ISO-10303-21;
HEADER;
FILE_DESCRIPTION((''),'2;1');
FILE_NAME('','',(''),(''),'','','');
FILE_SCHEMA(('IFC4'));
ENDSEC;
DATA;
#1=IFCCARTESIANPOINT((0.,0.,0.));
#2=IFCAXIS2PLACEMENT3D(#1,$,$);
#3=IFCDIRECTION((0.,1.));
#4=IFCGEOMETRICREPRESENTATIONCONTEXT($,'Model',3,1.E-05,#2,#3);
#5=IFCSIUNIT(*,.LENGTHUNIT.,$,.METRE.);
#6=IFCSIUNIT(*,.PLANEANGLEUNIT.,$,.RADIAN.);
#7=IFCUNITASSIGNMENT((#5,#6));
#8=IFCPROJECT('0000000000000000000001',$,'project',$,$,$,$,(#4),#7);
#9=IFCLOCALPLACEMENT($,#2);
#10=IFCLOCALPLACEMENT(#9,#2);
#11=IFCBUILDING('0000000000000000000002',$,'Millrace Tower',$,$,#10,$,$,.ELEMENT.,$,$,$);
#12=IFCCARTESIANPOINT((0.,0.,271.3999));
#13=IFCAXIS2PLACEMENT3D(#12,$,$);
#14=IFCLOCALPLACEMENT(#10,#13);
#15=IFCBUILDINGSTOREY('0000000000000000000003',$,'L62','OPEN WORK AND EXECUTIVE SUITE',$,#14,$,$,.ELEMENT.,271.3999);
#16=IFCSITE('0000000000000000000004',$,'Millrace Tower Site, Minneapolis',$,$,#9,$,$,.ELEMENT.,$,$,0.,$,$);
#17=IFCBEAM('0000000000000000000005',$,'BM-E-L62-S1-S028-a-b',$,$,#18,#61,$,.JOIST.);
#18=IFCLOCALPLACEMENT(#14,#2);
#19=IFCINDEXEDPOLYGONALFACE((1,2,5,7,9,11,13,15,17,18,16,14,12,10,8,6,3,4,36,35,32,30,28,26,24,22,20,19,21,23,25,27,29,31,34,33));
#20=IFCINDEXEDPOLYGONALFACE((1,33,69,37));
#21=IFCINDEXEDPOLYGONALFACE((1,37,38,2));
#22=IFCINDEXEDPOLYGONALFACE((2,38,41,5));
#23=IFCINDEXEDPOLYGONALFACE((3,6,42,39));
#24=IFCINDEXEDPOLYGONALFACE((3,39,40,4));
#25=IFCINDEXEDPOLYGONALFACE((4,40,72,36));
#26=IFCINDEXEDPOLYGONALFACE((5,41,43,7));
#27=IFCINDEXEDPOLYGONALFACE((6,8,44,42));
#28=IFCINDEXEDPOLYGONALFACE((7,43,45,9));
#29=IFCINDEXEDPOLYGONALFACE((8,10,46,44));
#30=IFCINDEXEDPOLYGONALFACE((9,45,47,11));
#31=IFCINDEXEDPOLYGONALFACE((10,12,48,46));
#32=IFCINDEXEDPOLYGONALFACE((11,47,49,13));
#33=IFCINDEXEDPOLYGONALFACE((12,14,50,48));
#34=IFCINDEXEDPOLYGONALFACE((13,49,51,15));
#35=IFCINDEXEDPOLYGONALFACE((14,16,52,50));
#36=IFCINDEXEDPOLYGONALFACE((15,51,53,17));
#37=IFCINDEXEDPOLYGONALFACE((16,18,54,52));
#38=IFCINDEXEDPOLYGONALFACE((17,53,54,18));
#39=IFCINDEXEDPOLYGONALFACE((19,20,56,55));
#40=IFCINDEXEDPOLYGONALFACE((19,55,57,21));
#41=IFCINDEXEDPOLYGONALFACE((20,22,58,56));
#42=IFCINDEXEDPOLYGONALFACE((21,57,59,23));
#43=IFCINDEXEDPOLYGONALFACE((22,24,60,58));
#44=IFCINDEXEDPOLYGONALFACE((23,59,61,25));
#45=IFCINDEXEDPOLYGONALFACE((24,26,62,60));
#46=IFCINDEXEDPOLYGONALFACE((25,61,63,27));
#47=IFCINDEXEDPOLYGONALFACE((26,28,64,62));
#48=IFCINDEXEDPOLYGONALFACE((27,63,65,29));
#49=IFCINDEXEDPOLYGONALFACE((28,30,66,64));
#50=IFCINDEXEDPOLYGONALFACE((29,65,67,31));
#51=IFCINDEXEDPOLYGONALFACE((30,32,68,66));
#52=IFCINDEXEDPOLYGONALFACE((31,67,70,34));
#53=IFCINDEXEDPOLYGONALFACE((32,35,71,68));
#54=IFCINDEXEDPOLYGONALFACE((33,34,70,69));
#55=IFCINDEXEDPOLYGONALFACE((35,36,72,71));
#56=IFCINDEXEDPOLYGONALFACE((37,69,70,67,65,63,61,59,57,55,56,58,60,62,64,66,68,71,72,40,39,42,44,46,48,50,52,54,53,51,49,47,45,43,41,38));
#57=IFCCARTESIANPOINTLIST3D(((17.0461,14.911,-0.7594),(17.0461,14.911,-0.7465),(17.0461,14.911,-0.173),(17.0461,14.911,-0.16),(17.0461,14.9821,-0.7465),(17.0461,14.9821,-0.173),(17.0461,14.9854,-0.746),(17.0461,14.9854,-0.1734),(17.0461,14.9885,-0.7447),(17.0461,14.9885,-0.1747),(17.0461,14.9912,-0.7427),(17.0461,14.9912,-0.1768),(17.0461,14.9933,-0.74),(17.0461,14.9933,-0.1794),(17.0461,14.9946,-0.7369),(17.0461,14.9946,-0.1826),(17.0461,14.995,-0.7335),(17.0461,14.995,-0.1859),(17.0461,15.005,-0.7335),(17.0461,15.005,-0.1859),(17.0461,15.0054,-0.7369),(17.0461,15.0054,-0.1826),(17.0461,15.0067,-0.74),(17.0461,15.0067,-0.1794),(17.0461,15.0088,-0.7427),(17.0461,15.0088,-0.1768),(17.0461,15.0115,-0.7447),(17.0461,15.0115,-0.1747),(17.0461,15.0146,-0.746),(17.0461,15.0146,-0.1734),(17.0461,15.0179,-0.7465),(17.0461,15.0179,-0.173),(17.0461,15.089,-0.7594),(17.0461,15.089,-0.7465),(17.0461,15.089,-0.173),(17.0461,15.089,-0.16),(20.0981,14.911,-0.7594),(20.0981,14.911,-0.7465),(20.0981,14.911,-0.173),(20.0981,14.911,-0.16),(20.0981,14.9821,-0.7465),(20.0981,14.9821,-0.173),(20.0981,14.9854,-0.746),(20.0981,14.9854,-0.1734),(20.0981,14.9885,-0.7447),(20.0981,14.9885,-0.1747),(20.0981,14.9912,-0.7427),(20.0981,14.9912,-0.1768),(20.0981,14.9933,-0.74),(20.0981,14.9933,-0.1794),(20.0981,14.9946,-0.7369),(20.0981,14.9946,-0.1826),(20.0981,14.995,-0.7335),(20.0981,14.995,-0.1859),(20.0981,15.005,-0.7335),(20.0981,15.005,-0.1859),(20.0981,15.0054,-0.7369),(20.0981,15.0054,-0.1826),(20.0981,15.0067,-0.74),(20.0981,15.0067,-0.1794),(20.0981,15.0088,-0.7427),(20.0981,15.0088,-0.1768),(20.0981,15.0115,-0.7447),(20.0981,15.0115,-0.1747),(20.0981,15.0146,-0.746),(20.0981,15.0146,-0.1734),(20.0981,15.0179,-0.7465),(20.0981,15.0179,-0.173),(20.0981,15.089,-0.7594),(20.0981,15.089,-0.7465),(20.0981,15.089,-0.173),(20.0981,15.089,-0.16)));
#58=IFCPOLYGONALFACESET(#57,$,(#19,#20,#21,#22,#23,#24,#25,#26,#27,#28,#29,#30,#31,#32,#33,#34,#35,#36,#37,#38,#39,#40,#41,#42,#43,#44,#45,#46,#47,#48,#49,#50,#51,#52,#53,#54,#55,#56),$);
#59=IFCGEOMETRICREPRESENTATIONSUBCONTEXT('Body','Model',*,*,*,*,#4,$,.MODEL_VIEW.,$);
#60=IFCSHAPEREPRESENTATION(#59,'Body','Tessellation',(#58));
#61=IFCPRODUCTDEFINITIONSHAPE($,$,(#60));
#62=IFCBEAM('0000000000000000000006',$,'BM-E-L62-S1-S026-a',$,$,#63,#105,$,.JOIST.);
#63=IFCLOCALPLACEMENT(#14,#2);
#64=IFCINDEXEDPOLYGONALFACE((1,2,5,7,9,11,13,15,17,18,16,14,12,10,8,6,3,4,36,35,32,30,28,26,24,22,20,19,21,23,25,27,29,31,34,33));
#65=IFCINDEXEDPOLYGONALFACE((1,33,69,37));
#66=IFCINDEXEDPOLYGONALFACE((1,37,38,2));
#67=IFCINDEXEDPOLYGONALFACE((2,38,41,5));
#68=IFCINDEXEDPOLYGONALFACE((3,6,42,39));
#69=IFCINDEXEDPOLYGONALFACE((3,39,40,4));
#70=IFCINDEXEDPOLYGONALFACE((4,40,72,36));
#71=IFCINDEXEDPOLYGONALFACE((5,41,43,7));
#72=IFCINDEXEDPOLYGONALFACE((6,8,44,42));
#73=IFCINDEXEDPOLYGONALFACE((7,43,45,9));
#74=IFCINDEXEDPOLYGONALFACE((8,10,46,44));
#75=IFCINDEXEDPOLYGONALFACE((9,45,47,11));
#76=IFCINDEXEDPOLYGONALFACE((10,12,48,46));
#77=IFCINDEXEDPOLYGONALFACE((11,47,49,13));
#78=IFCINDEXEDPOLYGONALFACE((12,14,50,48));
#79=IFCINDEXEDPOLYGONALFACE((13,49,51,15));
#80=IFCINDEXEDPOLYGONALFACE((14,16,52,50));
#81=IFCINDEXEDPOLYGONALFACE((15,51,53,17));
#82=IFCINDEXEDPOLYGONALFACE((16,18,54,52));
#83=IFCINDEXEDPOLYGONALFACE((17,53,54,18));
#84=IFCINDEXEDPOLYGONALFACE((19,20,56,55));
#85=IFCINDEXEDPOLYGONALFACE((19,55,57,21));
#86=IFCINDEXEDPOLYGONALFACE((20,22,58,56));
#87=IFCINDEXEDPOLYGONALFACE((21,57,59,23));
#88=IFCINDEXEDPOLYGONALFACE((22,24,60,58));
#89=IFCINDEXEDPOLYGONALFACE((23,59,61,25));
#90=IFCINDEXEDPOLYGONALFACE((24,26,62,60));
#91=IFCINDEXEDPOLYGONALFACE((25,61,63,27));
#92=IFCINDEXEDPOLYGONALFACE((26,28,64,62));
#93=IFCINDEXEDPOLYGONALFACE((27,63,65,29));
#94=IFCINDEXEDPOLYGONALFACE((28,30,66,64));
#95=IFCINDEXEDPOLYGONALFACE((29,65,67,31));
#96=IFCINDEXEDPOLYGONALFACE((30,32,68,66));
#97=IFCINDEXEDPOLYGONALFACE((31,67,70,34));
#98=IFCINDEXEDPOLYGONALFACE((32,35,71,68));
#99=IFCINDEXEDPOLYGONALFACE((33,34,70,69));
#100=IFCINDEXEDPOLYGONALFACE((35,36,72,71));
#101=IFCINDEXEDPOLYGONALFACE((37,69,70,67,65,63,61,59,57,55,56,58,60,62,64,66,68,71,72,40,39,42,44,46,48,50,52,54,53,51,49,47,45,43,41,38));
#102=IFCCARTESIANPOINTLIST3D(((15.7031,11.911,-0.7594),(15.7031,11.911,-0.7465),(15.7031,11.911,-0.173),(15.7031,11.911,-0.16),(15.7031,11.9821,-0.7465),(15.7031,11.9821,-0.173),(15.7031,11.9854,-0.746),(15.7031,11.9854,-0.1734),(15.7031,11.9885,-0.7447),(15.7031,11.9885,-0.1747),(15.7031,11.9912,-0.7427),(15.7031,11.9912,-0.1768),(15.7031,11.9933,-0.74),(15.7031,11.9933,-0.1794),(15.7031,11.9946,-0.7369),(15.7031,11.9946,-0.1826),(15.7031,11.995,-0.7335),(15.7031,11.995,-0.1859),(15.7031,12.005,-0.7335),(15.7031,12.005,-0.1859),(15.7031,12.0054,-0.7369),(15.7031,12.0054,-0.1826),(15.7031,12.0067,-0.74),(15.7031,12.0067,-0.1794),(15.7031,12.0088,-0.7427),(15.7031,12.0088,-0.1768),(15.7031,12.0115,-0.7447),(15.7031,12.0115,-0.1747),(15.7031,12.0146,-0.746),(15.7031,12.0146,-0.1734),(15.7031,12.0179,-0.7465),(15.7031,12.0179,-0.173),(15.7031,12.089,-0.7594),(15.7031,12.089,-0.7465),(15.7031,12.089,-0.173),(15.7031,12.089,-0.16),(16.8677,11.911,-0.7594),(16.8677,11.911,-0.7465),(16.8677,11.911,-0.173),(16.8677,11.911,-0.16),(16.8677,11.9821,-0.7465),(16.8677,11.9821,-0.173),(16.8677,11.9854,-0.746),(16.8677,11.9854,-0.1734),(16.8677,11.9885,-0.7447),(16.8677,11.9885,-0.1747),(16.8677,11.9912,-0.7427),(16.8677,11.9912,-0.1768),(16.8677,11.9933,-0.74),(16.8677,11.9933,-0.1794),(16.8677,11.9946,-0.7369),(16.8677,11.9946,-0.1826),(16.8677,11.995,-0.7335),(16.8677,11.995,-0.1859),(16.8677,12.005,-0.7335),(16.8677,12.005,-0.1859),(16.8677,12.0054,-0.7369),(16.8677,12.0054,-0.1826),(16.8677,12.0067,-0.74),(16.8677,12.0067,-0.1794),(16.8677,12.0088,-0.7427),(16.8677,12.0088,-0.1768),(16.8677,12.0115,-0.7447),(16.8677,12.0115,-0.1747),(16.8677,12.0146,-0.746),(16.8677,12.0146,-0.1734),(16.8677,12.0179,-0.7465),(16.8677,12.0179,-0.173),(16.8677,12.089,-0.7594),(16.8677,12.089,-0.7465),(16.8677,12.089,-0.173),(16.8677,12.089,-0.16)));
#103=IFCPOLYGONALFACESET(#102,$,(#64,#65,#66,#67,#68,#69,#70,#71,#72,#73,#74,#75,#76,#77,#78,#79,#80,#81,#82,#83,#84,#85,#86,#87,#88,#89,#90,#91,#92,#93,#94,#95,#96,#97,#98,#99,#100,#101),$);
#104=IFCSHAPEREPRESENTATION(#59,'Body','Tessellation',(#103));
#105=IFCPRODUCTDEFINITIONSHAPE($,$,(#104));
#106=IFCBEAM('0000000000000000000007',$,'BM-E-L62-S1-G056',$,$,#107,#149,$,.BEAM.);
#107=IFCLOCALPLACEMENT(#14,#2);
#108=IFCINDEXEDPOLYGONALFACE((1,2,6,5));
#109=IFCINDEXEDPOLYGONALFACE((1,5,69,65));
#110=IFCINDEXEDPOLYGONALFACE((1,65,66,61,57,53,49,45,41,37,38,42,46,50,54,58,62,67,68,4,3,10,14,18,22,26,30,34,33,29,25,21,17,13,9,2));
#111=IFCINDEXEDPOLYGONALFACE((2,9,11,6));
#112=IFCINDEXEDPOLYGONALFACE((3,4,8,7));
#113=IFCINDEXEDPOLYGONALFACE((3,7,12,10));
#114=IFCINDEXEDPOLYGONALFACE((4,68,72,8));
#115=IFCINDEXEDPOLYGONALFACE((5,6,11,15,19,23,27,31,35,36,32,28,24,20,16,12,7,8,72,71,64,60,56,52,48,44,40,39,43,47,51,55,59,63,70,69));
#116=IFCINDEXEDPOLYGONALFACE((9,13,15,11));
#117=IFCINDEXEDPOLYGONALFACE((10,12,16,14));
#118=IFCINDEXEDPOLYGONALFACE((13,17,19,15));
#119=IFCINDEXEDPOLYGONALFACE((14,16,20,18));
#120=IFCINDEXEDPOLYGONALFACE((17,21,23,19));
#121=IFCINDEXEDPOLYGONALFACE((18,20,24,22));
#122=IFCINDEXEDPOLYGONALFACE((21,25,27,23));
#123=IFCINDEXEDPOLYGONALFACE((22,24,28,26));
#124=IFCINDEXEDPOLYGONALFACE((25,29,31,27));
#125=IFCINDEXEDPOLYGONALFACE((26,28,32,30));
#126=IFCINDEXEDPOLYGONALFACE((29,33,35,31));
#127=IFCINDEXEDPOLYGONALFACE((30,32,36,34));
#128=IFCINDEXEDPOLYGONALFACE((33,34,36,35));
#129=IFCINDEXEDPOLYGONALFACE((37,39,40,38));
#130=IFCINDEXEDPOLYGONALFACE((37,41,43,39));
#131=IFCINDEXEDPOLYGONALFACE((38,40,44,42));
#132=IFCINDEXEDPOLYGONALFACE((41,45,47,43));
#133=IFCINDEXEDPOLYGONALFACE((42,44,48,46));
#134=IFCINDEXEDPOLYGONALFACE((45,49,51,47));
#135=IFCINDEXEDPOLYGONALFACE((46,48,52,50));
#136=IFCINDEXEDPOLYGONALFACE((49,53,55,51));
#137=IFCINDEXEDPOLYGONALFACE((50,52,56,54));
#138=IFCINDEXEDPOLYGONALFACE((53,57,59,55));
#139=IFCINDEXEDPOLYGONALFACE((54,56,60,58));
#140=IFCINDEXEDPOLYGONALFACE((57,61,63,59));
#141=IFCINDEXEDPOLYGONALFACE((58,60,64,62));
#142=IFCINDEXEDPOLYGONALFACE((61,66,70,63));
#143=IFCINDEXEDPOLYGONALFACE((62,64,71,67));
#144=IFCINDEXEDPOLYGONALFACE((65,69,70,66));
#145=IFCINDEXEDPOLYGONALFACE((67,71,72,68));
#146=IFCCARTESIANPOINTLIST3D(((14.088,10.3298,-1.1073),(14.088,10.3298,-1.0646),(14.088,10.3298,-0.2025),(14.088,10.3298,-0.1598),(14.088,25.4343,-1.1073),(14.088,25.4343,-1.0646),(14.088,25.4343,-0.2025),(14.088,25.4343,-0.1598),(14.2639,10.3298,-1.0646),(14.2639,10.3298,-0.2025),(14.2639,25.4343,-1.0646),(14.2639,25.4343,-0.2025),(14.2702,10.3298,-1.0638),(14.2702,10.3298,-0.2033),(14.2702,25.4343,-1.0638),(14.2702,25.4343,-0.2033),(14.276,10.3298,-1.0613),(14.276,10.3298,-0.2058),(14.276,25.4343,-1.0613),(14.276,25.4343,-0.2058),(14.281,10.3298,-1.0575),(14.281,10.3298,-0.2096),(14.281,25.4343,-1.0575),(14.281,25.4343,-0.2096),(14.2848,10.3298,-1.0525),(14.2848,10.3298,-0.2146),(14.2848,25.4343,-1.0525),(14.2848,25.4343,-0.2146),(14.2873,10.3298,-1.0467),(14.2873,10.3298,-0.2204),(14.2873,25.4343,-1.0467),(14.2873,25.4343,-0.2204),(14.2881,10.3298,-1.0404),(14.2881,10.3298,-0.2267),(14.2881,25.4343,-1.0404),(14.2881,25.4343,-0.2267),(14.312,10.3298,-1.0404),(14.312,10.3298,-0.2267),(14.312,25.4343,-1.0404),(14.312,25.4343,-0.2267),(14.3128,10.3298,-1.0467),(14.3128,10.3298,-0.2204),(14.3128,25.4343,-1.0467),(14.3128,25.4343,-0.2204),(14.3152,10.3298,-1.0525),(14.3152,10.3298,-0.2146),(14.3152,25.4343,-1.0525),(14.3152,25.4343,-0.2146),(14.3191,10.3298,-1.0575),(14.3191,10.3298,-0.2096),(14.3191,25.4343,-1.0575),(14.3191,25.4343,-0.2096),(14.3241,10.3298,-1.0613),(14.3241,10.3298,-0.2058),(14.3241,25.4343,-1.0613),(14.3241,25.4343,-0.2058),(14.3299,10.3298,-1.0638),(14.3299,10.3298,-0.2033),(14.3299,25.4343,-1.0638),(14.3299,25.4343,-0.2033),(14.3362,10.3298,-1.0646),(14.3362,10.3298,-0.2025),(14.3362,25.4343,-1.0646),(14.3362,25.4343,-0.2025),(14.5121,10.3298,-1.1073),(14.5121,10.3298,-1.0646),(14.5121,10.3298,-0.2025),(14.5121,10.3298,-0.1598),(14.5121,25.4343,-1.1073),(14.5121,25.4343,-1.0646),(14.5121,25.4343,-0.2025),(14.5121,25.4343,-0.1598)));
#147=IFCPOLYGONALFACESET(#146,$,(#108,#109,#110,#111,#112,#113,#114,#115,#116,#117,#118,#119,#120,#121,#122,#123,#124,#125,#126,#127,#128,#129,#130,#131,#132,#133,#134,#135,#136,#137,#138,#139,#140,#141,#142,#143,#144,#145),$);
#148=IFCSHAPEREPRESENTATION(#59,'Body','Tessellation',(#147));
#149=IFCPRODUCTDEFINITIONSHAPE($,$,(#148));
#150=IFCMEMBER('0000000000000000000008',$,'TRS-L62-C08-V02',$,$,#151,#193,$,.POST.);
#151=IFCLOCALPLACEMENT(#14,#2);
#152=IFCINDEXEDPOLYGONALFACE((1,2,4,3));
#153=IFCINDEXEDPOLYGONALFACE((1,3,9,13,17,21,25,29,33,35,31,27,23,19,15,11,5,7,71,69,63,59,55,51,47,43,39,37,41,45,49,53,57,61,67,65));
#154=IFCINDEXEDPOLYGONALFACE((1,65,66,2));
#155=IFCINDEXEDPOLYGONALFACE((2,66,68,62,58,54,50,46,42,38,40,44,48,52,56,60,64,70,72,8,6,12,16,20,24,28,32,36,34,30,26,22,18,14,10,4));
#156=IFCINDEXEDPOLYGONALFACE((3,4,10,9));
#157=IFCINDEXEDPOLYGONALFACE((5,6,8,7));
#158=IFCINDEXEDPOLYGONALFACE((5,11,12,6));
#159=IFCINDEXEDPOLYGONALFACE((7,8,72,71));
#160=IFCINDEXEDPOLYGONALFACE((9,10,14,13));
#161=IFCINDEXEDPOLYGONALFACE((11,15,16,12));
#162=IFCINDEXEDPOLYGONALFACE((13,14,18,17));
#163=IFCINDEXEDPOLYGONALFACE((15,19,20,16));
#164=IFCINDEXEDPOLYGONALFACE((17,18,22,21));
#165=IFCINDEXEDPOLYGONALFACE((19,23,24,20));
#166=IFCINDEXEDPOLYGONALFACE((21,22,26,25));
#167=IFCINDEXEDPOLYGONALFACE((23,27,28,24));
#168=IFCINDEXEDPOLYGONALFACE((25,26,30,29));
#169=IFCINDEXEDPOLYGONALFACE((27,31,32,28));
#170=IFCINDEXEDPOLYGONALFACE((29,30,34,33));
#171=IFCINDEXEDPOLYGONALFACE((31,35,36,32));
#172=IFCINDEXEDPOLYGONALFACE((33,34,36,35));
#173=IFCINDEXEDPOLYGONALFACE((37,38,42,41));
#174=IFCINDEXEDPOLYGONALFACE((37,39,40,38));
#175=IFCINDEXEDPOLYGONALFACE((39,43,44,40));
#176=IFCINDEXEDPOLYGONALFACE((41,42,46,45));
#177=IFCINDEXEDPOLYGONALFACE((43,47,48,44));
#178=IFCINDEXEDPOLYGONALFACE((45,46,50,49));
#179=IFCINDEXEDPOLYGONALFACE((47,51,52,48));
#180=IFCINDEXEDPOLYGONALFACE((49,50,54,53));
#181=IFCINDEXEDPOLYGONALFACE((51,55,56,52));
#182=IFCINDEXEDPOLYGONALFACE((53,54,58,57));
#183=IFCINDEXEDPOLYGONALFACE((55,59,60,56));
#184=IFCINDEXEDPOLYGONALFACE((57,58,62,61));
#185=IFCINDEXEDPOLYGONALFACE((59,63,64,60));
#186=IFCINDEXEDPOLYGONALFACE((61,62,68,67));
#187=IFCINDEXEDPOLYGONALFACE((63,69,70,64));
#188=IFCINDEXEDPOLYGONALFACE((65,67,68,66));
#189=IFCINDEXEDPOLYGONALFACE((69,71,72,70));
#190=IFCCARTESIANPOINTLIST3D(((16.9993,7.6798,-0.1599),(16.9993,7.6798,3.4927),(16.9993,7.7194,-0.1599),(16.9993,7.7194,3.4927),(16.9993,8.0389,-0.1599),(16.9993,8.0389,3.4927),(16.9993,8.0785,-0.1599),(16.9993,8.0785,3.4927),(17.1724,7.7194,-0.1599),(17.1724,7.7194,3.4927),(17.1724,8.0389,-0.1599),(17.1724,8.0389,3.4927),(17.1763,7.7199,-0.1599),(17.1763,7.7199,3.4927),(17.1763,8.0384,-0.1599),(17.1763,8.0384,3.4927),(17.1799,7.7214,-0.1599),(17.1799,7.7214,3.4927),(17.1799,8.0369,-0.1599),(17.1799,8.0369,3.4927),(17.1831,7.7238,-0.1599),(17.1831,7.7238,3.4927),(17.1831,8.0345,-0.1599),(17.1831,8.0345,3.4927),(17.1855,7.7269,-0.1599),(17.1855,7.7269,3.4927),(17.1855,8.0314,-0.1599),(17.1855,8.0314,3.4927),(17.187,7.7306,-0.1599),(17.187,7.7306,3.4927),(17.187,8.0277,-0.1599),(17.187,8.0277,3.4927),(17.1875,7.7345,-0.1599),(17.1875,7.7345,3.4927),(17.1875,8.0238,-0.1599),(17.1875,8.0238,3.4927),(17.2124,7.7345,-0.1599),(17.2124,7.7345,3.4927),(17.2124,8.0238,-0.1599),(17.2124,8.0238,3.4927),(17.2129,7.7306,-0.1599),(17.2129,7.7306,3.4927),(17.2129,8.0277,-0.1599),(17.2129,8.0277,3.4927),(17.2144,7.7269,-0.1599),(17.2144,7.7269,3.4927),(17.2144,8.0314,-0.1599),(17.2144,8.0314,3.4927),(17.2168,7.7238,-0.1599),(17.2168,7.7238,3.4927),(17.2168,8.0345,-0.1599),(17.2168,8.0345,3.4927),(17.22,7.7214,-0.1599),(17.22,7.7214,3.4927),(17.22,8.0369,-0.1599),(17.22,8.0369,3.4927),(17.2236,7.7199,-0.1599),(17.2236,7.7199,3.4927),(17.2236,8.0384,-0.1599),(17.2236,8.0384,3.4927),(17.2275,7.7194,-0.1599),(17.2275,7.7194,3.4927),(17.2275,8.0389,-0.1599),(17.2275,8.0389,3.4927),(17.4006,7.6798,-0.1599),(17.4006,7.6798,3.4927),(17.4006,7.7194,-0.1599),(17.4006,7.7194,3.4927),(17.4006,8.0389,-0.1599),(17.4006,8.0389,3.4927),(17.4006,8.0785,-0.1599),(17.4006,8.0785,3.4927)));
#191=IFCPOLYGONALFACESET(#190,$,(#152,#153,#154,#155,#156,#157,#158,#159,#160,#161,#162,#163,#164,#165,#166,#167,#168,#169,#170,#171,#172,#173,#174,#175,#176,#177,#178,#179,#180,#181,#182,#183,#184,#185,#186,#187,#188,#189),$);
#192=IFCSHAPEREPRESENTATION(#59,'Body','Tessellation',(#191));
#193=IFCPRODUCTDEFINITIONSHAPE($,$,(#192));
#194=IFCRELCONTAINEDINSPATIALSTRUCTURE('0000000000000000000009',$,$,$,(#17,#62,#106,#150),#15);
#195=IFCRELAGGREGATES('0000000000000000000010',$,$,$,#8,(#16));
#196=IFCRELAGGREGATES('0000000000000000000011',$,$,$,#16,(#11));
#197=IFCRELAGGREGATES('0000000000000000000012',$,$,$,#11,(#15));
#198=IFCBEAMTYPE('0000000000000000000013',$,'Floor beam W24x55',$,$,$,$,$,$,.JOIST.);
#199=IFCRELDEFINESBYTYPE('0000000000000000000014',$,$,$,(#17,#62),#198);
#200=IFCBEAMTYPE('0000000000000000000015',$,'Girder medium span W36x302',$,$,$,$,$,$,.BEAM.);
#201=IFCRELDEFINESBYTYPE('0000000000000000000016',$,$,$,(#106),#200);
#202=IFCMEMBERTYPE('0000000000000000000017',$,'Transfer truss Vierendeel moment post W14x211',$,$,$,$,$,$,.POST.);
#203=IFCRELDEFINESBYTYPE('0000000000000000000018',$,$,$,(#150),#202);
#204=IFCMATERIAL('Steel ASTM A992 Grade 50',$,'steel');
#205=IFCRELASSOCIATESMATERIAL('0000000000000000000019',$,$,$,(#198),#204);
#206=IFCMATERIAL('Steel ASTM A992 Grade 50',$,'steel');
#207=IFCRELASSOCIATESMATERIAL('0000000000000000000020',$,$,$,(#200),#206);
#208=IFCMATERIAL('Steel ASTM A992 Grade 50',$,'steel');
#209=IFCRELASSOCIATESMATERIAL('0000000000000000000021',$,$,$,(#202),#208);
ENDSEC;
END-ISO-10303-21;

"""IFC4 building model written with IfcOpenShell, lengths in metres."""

from ifc_helpers import new_model, si_unit, direction, frame, origin, origin_2d, place, context, subcontext, project, spatial, i_section, extrude, material, material_profile, profile_set, type_object, element, save


model = new_model("IFC4")

# Units and contexts
model_context = context("Model", 3, precision=1e-05, world=origin(), true_north=direction((0.0, 1.0)))
body_context = subcontext(model_context, "Body", "Model", "MODEL_VIEW")
ifc_project = project(units=[si_unit("LENGTHUNIT", "METRE"), si_unit("PLANEANGLEUNIT", "RADIAN")], contexts=[model_context])

# Site, building, storey
site_placement = place(None, origin())
site = spatial("IfcSite", under=ifc_project, at=site_placement, Name="Millrace Tower Site, Minneapolis", CompositionType="ELEMENT", RefElevation=0.0)
building_placement = place(site_placement, origin())
building = spatial("IfcBuilding", under=site, at=building_placement, Name="Millrace Tower", CompositionType="ELEMENT")
storey_placement = place(building_placement, frame((0.0, 0.0, 271.3999)))
storey = spatial("IfcBuildingStorey", under=building, at=storey_placement, Name="L62", Description="OPEN WORK AND EXECUTIVE SUITE", CompositionType="ELEMENT", Elevation=271.3999)

# Beams
ifc_material_1 = material(Name="Steel ASTM A992 Grade 50", Category="steel")
ifc_material_profile_1 = material_profile(ifc_material_1, i_section(OverallWidth=0.178, OverallDepth=0.5994, WebThickness=0.01, FlangeThickness=0.0129, FilletRadius=0.0129, at=origin_2d()))
ifc_profile_set_1 = profile_set([ifc_material_profile_1], Name="Steel ASTM A992 Grade 50")
beam_type_1 = type_object("IfcBeamType", Name="Floor beam W24x55", PredefinedType="JOIST", material=ifc_profile_set_1)
beam_1_placement = place(storey_placement, frame((17.0461, 15.0, -0.4597), z_axis=(1.0, 0.0, 0.0), x_axis=(0.0, 1.0, 0.0)))
element("IfcBeam", 1, at=beam_1_placement, inside=storey, type_object=beam_type_1, Name="BM-E-L62-S1-S028-a-b", PredefinedType="JOIST", context=body_context, shape_type="SweptSolid", body=[
    extrude(i_section(OverallWidth=0.178, OverallDepth=0.5994, WebThickness=0.01, FlangeThickness=0.0129, FilletRadius=0.0129, at=origin_2d()), origin(), (0.0, 0.0, 1.0), 3.052),
])
beam_2_placement = place(storey_placement, frame((15.7031, 12.0, -0.4597), z_axis=(1.0, 0.0, 0.0), x_axis=(0.0, 1.0, 0.0)))
element("IfcBeam", 2, at=beam_2_placement, inside=storey, type_object=beam_type_1, Name="BM-E-L62-S1-S026-a", PredefinedType="JOIST", context=body_context, shape_type="SweptSolid", body=[
    extrude(i_section(OverallWidth=0.178, OverallDepth=0.5994, WebThickness=0.01, FlangeThickness=0.0129, FilletRadius=0.0129, at=origin_2d()), origin(), (0.0, 0.0, 1.0), 1.1646),
])
ifc_material_2 = material(Name="Steel ASTM A992 Grade 50", Category="steel")
ifc_material_profile_2 = material_profile(ifc_material_2, i_section(OverallWidth=0.4241, OverallDepth=0.9475, WebThickness=0.0239, FlangeThickness=0.0427, FilletRadius=0.0242, at=origin_2d()))
ifc_profile_set_2 = profile_set([ifc_material_profile_2], Name="Steel ASTM A992 Grade 50")
beam_type_2 = type_object("IfcBeamType", Name="Girder medium span W36x302", PredefinedType="BEAM", material=ifc_profile_set_2)
beam_3_placement = place(storey_placement, frame((14.3, 10.3298, -0.6335), z_axis=(0.0, 1.0, 0.0), x_axis=(-1.0, 0.0, 0.0)))
element("IfcBeam", 3, at=beam_3_placement, inside=storey, type_object=beam_type_2, Name="BM-E-L62-S1-G056", PredefinedType="BEAM", context=body_context, shape_type="SweptSolid", body=[
    extrude(i_section(OverallWidth=0.4241, OverallDepth=0.9475, WebThickness=0.0239, FlangeThickness=0.0427, FilletRadius=0.0242, at=origin_2d()), origin(), (0.0, 0.0, 1.0), 15.1045),
])

# Member
ifc_material_3 = material(Name="Steel ASTM A992 Grade 50", Category="steel")
ifc_material_profile_3 = material_profile(ifc_material_3, i_section(OverallWidth=0.4014, OverallDepth=0.3987, WebThickness=0.0249, FlangeThickness=0.0396, FilletRadius=0.0151, at=origin_2d()))
ifc_profile_set_3 = profile_set([ifc_material_profile_3], Name="Steel ASTM A992 Grade 50")
member_type = type_object("IfcMemberType", Name="Transfer truss Vierendeel moment post W14x211", PredefinedType="POST", material=ifc_profile_set_3)
for number, where, z_axis, x_axis, name in (
    (4, (17.2, 7.8792, -0.1599), (0.0, 0.0, 1.0), (1.0, 0.0, 0.0), "TRS-L62-C08-V02"),
):
    element("IfcMember", number, at=place(storey_placement, frame(where, z_axis=z_axis, x_axis=x_axis)), inside=storey, type_object=member_type, Name=name, PredefinedType="POST", context=body_context, shape_type="SweptSolid", body=[
        extrude(i_section(OverallWidth=0.4014, OverallDepth=0.3987, WebThickness=0.0249, FlangeThickness=0.0396, FilletRadius=0.0151, at=origin_2d()), origin(), (0.0, 0.0, 1.0), 3.6526),
    ])

save(model, "model.ifc")
